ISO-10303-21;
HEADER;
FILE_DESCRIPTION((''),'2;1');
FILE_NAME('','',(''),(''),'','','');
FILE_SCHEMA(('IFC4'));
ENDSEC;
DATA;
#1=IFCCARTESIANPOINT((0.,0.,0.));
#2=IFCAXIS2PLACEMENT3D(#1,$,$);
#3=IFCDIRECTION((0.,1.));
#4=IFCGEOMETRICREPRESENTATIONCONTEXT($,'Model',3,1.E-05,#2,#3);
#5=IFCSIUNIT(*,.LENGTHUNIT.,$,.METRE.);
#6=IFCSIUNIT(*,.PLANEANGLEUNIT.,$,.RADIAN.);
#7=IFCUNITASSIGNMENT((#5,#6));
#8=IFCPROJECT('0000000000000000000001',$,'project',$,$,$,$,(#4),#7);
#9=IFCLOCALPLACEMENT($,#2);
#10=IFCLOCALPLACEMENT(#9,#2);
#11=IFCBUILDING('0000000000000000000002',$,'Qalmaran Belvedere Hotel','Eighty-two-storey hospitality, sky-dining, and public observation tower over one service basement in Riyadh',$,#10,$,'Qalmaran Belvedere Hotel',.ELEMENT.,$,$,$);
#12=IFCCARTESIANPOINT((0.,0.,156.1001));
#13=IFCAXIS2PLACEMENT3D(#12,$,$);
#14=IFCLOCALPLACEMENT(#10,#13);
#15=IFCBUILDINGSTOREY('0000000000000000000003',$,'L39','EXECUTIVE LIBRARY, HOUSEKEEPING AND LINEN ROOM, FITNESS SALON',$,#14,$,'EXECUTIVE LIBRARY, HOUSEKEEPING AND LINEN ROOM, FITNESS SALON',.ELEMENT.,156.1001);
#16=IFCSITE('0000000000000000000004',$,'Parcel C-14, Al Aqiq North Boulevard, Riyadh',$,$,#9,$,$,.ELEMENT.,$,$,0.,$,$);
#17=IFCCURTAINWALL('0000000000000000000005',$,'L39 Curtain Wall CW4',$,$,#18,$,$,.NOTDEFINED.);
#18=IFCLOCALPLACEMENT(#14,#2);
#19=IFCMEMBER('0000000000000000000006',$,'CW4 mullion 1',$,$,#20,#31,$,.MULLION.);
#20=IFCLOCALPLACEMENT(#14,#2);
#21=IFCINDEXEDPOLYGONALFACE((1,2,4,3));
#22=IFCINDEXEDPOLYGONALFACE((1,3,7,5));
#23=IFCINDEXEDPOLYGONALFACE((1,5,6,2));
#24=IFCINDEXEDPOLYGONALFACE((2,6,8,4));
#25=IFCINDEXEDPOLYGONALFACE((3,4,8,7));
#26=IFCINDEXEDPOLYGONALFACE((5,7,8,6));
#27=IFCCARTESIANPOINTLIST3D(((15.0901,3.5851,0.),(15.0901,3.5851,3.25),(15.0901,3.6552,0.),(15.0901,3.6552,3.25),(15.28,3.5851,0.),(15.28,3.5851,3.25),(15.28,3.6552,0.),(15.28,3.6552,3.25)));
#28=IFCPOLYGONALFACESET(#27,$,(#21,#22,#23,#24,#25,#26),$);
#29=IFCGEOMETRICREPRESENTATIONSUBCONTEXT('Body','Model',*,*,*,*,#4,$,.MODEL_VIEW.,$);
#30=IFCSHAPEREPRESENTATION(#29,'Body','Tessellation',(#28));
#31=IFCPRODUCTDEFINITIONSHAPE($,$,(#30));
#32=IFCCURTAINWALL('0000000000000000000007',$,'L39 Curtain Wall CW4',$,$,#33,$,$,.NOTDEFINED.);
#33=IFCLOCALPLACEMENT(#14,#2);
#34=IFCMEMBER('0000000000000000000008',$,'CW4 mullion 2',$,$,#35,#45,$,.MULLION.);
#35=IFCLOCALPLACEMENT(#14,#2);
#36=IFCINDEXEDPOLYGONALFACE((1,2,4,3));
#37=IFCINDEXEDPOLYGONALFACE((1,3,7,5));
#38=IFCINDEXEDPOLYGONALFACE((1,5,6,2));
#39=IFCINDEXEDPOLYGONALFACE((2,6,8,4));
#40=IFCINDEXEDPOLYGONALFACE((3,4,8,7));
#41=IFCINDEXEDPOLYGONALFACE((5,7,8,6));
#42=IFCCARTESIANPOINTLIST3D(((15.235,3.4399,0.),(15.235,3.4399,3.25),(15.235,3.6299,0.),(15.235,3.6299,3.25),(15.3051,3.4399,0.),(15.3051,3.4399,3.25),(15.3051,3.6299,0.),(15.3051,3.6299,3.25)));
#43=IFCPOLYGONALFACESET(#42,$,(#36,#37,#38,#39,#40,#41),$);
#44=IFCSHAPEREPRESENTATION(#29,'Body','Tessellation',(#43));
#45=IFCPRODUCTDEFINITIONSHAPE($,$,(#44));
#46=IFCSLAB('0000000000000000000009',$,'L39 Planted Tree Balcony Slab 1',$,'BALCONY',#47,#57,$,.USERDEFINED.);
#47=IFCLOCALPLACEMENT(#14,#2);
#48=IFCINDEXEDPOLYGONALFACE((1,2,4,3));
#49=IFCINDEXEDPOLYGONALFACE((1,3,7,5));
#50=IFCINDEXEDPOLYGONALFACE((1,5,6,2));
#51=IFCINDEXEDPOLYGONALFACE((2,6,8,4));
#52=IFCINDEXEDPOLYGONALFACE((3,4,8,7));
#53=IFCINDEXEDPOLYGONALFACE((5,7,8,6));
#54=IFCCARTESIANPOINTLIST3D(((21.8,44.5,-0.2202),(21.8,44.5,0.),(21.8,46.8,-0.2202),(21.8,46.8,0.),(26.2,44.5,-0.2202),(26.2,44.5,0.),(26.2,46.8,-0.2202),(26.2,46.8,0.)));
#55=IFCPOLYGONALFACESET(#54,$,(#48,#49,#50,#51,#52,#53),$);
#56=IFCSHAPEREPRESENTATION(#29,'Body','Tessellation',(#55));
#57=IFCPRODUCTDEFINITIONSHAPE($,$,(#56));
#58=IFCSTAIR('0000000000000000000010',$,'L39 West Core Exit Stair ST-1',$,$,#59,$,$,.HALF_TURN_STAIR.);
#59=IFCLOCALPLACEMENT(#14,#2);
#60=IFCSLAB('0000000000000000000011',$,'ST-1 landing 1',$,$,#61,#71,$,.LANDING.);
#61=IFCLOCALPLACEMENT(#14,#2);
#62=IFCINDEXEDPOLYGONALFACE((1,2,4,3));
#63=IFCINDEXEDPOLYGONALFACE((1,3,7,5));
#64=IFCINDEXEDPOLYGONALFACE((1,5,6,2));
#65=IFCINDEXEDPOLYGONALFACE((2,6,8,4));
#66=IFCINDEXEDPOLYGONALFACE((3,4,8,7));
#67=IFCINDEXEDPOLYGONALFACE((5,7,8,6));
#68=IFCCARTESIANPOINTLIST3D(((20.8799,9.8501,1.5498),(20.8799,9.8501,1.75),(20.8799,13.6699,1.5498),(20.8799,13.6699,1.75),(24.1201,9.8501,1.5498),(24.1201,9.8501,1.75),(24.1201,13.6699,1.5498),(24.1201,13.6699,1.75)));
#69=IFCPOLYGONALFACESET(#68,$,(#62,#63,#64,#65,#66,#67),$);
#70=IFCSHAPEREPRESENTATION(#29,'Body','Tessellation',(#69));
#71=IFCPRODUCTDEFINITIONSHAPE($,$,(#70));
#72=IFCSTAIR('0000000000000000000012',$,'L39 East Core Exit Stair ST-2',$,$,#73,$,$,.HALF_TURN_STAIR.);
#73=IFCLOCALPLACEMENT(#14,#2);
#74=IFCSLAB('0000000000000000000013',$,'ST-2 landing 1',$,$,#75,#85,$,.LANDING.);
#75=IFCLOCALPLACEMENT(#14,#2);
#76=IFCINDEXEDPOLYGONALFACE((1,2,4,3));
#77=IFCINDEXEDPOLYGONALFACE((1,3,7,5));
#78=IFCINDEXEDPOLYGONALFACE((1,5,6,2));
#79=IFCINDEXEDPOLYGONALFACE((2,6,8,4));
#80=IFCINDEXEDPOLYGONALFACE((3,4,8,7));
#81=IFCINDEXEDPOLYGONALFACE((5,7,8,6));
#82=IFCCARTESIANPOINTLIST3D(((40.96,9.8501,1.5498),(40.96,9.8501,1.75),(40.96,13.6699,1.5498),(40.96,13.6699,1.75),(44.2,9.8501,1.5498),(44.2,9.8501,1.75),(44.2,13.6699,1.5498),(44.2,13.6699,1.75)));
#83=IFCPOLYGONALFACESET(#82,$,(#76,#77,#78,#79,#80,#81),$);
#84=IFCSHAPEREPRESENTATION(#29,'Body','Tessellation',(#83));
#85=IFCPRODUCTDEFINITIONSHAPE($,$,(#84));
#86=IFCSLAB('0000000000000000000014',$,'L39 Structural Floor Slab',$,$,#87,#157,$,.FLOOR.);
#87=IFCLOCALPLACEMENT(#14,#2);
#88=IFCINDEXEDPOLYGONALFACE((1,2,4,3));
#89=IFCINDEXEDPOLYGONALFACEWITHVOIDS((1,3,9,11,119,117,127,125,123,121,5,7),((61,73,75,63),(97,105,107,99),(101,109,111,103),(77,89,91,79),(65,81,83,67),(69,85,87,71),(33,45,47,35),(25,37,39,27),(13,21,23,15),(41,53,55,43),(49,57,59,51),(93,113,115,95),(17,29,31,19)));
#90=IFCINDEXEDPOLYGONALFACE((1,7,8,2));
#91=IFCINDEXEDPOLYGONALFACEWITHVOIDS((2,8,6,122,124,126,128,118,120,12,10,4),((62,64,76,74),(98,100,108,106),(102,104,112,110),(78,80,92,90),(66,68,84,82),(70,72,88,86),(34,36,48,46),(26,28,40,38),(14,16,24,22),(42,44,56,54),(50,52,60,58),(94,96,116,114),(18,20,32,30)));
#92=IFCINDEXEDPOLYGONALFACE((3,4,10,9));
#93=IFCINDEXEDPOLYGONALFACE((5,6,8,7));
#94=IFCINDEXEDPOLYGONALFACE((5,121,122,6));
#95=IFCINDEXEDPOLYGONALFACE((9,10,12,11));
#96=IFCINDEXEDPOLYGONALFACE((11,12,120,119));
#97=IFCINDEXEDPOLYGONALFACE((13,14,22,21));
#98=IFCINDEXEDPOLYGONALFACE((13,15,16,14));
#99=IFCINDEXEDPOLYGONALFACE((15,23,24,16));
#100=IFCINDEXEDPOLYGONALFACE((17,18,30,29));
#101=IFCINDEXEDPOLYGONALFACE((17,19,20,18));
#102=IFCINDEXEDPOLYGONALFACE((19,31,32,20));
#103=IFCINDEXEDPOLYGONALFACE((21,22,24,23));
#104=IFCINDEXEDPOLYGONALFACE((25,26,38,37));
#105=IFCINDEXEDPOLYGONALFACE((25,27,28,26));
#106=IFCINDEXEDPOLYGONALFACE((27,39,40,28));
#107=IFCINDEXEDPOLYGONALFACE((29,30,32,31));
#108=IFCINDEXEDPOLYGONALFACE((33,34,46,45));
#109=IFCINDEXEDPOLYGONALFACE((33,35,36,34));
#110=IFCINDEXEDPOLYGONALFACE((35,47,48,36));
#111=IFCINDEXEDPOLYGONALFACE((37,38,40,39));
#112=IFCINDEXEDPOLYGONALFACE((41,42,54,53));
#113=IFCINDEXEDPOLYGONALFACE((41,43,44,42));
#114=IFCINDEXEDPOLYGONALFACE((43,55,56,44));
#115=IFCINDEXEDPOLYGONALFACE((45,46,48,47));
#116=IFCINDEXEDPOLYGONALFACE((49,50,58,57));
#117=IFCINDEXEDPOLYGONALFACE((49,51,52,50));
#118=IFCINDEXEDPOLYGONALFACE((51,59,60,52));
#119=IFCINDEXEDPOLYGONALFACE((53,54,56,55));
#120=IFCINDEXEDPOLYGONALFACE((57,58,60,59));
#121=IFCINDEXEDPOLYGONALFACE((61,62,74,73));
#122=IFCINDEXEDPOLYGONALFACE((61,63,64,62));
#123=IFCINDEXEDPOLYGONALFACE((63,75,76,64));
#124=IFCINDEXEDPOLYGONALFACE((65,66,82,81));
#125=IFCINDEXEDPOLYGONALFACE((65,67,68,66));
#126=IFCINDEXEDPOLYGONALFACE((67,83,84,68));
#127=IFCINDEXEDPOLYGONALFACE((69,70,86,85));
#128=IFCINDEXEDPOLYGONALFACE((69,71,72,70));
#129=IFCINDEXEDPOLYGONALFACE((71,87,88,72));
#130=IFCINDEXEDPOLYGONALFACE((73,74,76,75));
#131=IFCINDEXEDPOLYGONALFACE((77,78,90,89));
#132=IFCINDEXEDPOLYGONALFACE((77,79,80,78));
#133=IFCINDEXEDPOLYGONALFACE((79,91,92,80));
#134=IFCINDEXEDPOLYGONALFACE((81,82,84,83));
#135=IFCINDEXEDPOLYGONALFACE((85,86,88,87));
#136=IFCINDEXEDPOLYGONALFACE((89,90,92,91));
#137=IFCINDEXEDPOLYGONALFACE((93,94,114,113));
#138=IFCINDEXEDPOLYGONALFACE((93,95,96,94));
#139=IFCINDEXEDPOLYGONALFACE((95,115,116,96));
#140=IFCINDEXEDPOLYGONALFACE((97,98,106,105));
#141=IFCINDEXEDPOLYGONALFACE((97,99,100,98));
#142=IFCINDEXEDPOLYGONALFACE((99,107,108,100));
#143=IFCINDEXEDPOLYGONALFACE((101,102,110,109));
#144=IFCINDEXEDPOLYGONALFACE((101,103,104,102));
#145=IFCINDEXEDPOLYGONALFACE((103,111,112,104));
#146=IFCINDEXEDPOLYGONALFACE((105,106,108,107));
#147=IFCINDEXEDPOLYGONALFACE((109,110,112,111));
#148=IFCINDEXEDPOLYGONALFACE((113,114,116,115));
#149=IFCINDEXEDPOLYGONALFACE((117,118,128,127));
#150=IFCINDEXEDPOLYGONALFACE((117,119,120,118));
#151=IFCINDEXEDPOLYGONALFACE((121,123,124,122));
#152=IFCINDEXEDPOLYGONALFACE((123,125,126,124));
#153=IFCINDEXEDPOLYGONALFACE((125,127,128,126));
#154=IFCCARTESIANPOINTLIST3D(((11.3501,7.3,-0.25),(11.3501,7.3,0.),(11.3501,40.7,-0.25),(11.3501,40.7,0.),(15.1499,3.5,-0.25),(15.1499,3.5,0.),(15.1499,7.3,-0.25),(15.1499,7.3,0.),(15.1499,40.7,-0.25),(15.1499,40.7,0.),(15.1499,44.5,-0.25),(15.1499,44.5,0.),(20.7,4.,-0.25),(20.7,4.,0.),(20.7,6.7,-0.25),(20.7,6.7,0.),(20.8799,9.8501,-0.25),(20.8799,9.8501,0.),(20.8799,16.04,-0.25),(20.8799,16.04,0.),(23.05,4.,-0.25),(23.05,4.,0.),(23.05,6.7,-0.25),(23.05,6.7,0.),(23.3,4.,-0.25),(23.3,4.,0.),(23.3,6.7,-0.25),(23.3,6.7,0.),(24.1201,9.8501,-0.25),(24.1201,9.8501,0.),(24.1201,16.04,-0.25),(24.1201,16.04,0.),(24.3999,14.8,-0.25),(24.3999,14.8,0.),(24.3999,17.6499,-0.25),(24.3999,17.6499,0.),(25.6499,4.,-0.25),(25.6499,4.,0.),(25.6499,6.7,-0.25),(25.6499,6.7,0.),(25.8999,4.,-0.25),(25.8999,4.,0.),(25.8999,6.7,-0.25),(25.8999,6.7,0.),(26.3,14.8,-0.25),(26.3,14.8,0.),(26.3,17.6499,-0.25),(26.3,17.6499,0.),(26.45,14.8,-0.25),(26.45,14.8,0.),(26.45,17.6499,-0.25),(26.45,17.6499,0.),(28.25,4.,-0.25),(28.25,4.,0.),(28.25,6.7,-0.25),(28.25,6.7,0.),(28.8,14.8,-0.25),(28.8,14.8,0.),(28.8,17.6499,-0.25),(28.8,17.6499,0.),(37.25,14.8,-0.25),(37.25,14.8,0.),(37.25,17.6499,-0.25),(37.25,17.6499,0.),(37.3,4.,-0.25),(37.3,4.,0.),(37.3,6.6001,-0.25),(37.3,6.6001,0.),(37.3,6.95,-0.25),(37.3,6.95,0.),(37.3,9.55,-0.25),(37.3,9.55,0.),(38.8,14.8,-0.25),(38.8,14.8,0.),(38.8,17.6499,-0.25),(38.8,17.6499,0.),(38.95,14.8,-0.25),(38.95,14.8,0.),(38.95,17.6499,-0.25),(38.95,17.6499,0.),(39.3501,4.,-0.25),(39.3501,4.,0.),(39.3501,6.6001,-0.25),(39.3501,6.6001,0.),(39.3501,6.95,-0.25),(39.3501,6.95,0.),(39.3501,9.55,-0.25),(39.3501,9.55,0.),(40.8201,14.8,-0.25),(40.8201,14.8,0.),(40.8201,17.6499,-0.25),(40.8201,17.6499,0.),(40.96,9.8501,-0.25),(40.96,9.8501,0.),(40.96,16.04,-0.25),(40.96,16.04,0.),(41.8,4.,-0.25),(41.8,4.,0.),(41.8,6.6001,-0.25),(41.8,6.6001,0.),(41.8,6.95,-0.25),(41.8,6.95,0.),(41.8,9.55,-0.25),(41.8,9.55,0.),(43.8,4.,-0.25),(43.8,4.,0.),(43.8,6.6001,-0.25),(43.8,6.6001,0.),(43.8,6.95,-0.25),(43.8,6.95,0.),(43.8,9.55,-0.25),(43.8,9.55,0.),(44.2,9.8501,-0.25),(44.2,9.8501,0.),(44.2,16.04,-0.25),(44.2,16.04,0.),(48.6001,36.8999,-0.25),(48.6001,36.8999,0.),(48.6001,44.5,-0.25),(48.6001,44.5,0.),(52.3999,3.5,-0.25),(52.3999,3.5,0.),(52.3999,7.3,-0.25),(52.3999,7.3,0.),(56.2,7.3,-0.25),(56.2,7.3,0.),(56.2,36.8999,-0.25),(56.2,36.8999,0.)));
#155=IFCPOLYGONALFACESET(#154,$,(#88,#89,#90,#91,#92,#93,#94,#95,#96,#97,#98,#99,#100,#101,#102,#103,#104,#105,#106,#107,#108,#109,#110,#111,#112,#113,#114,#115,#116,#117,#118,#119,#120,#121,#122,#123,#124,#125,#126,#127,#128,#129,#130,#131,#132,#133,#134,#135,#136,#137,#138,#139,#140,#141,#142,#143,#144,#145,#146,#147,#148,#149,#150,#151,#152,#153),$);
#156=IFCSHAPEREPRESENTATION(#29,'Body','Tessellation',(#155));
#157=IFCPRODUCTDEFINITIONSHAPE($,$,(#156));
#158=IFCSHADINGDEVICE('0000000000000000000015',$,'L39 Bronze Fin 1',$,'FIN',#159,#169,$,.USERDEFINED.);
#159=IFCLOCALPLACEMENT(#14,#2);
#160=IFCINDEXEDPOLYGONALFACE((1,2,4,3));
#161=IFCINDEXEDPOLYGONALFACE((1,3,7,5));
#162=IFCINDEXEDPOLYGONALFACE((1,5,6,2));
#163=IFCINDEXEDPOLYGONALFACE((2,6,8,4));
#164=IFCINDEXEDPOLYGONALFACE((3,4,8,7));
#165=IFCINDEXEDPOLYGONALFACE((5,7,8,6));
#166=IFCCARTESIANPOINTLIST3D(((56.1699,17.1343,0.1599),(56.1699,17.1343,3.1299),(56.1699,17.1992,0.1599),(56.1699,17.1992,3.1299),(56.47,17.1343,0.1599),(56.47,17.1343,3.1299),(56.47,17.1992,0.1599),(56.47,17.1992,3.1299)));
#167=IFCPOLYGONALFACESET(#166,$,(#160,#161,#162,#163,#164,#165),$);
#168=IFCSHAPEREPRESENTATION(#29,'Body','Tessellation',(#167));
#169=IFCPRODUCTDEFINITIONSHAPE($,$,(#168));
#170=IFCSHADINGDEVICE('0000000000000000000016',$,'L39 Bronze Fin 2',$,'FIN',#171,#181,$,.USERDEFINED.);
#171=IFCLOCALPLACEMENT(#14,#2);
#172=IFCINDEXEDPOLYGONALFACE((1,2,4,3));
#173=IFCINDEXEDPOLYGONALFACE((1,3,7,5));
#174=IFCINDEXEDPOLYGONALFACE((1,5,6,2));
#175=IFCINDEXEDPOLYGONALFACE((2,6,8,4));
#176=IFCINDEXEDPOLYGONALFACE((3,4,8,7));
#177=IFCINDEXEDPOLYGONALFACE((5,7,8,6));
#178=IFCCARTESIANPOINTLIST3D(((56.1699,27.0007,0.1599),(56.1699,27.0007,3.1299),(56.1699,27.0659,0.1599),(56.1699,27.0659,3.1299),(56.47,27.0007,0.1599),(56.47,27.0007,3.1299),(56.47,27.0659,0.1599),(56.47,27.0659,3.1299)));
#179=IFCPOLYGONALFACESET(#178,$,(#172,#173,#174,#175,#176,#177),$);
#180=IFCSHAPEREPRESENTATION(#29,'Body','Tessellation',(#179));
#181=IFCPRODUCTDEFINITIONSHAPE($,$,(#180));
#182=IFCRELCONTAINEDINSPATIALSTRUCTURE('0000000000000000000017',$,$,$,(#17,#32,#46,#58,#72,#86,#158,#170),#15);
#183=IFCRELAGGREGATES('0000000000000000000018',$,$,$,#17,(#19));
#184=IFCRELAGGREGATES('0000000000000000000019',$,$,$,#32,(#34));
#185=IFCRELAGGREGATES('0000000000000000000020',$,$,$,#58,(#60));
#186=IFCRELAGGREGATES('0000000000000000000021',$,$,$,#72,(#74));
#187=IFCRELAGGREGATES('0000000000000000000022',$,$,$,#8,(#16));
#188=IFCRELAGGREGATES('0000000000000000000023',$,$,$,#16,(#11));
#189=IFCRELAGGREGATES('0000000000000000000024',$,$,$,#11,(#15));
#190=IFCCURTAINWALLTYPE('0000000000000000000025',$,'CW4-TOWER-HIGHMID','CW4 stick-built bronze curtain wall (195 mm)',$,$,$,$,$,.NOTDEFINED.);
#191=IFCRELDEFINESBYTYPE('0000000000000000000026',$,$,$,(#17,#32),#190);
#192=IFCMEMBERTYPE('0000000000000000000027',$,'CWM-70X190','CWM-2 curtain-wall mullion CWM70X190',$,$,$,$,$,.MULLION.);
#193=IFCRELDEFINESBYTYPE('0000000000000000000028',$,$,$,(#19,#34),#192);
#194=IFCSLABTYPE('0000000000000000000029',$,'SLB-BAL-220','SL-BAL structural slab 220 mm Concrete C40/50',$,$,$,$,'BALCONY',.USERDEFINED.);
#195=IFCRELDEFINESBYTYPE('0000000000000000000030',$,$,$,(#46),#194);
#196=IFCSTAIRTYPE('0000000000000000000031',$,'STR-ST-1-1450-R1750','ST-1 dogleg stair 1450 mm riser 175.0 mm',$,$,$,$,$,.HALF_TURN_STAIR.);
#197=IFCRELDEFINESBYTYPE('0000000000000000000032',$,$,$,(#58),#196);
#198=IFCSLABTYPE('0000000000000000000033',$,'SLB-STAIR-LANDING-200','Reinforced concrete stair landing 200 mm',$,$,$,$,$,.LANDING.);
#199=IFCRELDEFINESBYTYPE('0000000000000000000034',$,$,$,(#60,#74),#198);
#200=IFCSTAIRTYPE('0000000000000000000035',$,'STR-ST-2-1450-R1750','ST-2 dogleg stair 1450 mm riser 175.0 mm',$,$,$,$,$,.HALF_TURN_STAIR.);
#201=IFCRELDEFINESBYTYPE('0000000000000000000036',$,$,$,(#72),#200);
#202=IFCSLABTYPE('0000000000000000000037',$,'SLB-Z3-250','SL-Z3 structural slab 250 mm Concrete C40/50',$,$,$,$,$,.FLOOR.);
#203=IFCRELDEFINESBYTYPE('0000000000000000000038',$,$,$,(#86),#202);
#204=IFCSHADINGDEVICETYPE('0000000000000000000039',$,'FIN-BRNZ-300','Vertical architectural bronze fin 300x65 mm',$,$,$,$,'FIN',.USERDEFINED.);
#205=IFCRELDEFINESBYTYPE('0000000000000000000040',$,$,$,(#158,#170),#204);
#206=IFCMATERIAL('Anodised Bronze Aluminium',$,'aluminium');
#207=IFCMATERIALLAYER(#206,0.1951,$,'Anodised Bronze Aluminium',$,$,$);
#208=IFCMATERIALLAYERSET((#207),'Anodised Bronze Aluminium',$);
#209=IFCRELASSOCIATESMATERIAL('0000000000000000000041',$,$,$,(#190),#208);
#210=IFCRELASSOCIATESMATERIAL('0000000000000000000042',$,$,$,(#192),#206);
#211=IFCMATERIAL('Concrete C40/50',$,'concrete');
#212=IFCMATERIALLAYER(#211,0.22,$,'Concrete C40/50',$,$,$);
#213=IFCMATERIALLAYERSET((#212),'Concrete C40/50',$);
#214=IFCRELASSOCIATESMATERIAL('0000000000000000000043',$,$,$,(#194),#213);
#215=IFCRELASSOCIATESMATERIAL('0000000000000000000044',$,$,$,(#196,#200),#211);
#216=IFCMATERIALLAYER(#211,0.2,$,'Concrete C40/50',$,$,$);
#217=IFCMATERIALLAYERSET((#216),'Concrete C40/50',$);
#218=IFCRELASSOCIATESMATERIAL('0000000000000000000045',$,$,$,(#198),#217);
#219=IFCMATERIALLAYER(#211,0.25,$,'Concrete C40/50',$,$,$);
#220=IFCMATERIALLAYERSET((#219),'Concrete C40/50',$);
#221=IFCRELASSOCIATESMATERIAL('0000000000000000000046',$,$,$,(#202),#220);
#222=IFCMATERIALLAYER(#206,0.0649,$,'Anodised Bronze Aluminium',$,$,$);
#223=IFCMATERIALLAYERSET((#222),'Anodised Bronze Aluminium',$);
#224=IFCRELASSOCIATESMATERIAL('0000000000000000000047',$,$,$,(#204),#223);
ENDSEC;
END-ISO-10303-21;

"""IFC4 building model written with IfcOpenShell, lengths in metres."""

from ifc_helpers import new_model, si_unit, direction, frame, origin, origin_2d, place, context, subcontext, project, spatial, polyline, rectangle, outline, extrude, material, layer, layer_set, material_profile, profile_set, type_object, element, aggregate, save


model = new_model("IFC4")

# Units and contexts
model_context = context("Model", 3, precision=1e-05, world=origin(), true_north=direction((0.0, 1.0)))
body_context = subcontext(model_context, "Body", "Model", "MODEL_VIEW")
ifc_project = project(units=[si_unit("LENGTHUNIT", "METRE"), si_unit("PLANEANGLEUNIT", "RADIAN")], contexts=[model_context])

# Site, building, storey
site_placement = place(None, origin())
site = spatial("IfcSite", under=ifc_project, at=site_placement, Name="Parcel C-14, Al Aqiq North Boulevard, Riyadh", CompositionType="ELEMENT", RefElevation=0.0)
building_placement = place(site_placement, origin())
building = spatial("IfcBuilding", under=site, at=building_placement, Name="Qalmaran Belvedere Hotel", Description="Eighty-two-storey hospitality, sky-dining, and public observation tower over one service basement in Riyadh", LongName="Qalmaran Belvedere Hotel", CompositionType="ELEMENT")
storey_placement = place(building_placement, frame((0.0, 0.0, 156.1001)))
storey = spatial("IfcBuildingStorey", under=building, at=storey_placement, Name="L39", Description="EXECUTIVE LIBRARY, HOUSEKEEPING AND LINEN ROOM, FITNESS SALON", LongName="EXECUTIVE LIBRARY, HOUSEKEEPING AND LINEN ROOM, FITNESS SALON", CompositionType="ELEMENT", Elevation=156.1001)

# Curtain walls, members
ifc_material_1 = material(Name="Anodised Bronze Aluminium", Category="aluminium")
ifc_layer_1 = layer(ifc_material_1, 0.1951, Name="Anodised Bronze Aluminium")
ifc_layer_set_1 = layer_set([ifc_layer_1], Name="Anodised Bronze Aluminium")
curtain_wall_type = type_object("IfcCurtainWallType", Name="CW4-TOWER-HIGHMID", Description="CW4 stick-built bronze curtain wall (195 mm)", PredefinedType="NOTDEFINED", material=ifc_layer_set_1)
curtain_wall_1_placement = place(storey_placement, origin())
curtain_wall_1 = element("IfcCurtainWall", 1, at=curtain_wall_1_placement, inside=storey, type_object=curtain_wall_type, Name="L39 Curtain Wall CW4", PredefinedType="NOTDEFINED")
ifc_material_profile = material_profile(ifc_material_1, rectangle(XDim=0.0701, YDim=0.1899, at=origin_2d()), Name="CWM70X190")
ifc_profile_set = profile_set([ifc_material_profile], Name="Anodised Bronze Aluminium")
member_type = type_object("IfcMemberType", Name="CWM-70X190", Description="CWM-2 curtain-wall mullion CWM70X190", PredefinedType="MULLION", material=ifc_profile_set)
member_1_placement = place(storey_placement, frame((15.1851, 3.6201, 0.0), z_axis=(0.0, 0.0, 1.0), x_axis=(0.0, 1.0, 0.0)))
member_1 = element("IfcMember", 2, at=member_1_placement, type_object=member_type, Name="CW4 mullion 1", PredefinedType="MULLION", context=body_context, shape_type="SweptSolid", body=[
    extrude(rectangle(XDim=0.0701, YDim=0.1899, at=origin_2d()), origin(), (0.0, 0.0, 1.0), 3.25),
])
aggregate(curtain_wall_1, [member_1])
curtain_wall_2_placement = place(storey_placement, origin())
curtain_wall_2 = element("IfcCurtainWall", 3, at=curtain_wall_2_placement, inside=storey, type_object=curtain_wall_type, Name="L39 Curtain Wall CW4", PredefinedType="NOTDEFINED")
member_2_placement = place(storey_placement, frame((15.27, 3.5349, 0.0), z_axis=(0.0, 0.0, 1.0), x_axis=(1.0, 0.0, 0.0)))
member_2 = element("IfcMember", 4, at=member_2_placement, type_object=member_type, Name="CW4 mullion 2", PredefinedType="MULLION", context=body_context, shape_type="SweptSolid", body=[
    extrude(rectangle(XDim=0.0701, YDim=0.1899, at=origin_2d()), origin(), (0.0, 0.0, 1.0), 3.25),
])
aggregate(curtain_wall_2, [member_2])

# Slab
ifc_material_2 = material(Name="Concrete C40/50", Category="concrete")
ifc_layer_2 = layer(ifc_material_2, 0.22, Name="Concrete C40/50")
ifc_layer_set_2 = layer_set([ifc_layer_2], Name="Concrete C40/50")
slab_type_1 = type_object("IfcSlabType", Name="SLB-BAL-220", Description="SL-BAL structural slab 220 mm Concrete C40/50", ElementType="BALCONY", PredefinedType="USERDEFINED", material=ifc_layer_set_2)
slab_1_placement = place(storey_placement, frame((0.0, 0.0, -0.2202)))
element("IfcSlab", 5, at=slab_1_placement, inside=storey, type_object=slab_type_1, Name="L39 Planted Tree Balcony Slab 1", ObjectType="BALCONY", PredefinedType="USERDEFINED", context=body_context, shape_type="SweptSolid", body=[
    extrude(outline(polyline([(21.8, 44.5), (26.2, 44.5), (26.2, 46.8), (21.8, 46.8), (21.8, 44.5)])), origin(), (0.0, 0.0, 1.0), 0.2202),
])

# Stairs, slabs
stair_type_1 = type_object("IfcStairType", Name="STR-ST-1-1450-R1750", Description="ST-1 dogleg stair 1450 mm riser 175.0 mm", PredefinedType="HALF_TURN_STAIR", material=ifc_material_2)
stair_1_placement = place(storey_placement, origin())
stair_1 = element("IfcStair", 6, at=stair_1_placement, inside=storey, type_object=stair_type_1, Name="L39 West Core Exit Stair ST-1", PredefinedType="HALF_TURN_STAIR")
ifc_layer_3 = layer(ifc_material_2, 0.2, Name="Concrete C40/50")
ifc_layer_set_3 = layer_set([ifc_layer_3], Name="Concrete C40/50")
slab_type_2 = type_object("IfcSlabType", Name="SLB-STAIR-LANDING-200", Description="Reinforced concrete stair landing 200 mm", PredefinedType="LANDING", material=ifc_layer_set_3)
slab_2_placement = place(storey_placement, frame((0.0, 0.0, 1.5498)))
slab_2 = element("IfcSlab", 7, at=slab_2_placement, type_object=slab_type_2, Name="ST-1 landing 1", PredefinedType="LANDING", context=body_context, shape_type="SweptSolid", body=[
    extrude(outline(polyline([(20.8799, 13.6699), (20.8799, 9.8501), (24.1201, 9.8501), (24.1201, 13.6699), (20.8799, 13.6699)])), origin(), (0.0, 0.0, 1.0), 0.2002),
])
aggregate(stair_1, [slab_2])
stair_type_2 = type_object("IfcStairType", Name="STR-ST-2-1450-R1750", Description="ST-2 dogleg stair 1450 mm riser 175.0 mm", PredefinedType="HALF_TURN_STAIR", material=ifc_material_2)
stair_2_placement = place(storey_placement, origin())
stair_2 = element("IfcStair", 8, at=stair_2_placement, inside=storey, type_object=stair_type_2, Name="L39 East Core Exit Stair ST-2", PredefinedType="HALF_TURN_STAIR")
slab_3_placement = place(storey_placement, frame((0.0, 0.0, 1.5498)))
slab_3 = element("IfcSlab", 9, at=slab_3_placement, type_object=slab_type_2, Name="ST-2 landing 1", PredefinedType="LANDING", context=body_context, shape_type="SweptSolid", body=[
    extrude(outline(polyline([(40.96, 13.6699), (40.96, 9.8501), (44.2, 9.8501), (44.2, 13.6699), (40.96, 13.6699)])), origin(), (0.0, 0.0, 1.0), 0.2002),
])
aggregate(stair_2, [slab_3])

# Slab
ifc_layer_4 = layer(ifc_material_2, 0.25, Name="Concrete C40/50")
ifc_layer_set_4 = layer_set([ifc_layer_4], Name="Concrete C40/50")
slab_type_3 = type_object("IfcSlabType", Name="SLB-Z3-250", Description="SL-Z3 structural slab 250 mm Concrete C40/50", PredefinedType="FLOOR", material=ifc_layer_set_4)
slab_4_placement = place(storey_placement, frame((0.0, 0.0, -0.25)))
element("IfcSlab", 10, at=slab_4_placement, inside=storey, type_object=slab_type_3, Name="L39 Structural Floor Slab", PredefinedType="FLOOR", context=body_context, shape_type="SweptSolid", body=[
    extrude(outline(polyline([(15.1499, 3.5), (52.3999, 3.5), (52.3999, 7.3), (56.2, 7.3), (56.2, 36.8999), (48.6001, 36.8999), (48.6001, 44.5), (15.1499, 44.5), (15.1499, 40.7), (11.3501, 40.7), (11.3501, 7.3), (15.1499, 7.3), (15.1499, 3.5)]), holes=[polyline([(20.8799, 9.8501), (24.1201, 9.8501), (24.1201, 16.04), (20.8799, 16.04), (20.8799, 9.8501)]), polyline([(40.96, 9.8501), (44.2, 9.8501), (44.2, 16.04), (40.96, 16.04), (40.96, 9.8501)]), polyline([(37.3, 4.0), (39.3501, 4.0), (39.3501, 6.6001), (37.3, 6.6001), (37.3, 4.0)]), polyline([(37.3, 6.95), (39.3501, 6.95), (39.3501, 9.55), (37.3, 9.55), (37.3, 6.95)]), polyline([(41.8, 4.0), (43.8, 4.0), (43.8, 6.6001), (41.8, 6.6001), (41.8, 4.0)]), polyline([(41.8, 6.95), (43.8, 6.95), (43.8, 9.55), (41.8, 9.55), (41.8, 6.95)]), polyline([(20.7, 4.0), (23.05, 4.0), (23.05, 6.7), (20.7, 6.7), (20.7, 4.0)]), polyline([(23.3, 4.0), (25.6499, 4.0), (25.6499, 6.7), (23.3, 6.7), (23.3, 4.0)]), polyline([(25.8999, 4.0), (28.25, 4.0), (28.25, 6.7), (25.8999, 6.7), (25.8999, 4.0)]), polyline([(24.3999, 14.8), (26.3, 14.8), (26.3, 17.6499), (24.3999, 17.6499), (24.3999, 14.8)]), polyline([(38.95, 14.8), (40.8201, 14.8), (40.8201, 17.6499), (38.95, 17.6499), (38.95, 14.8)]), polyline([(26.45, 14.8), (28.8, 14.8), (28.8, 17.6499), (26.45, 17.6499), (26.45, 14.8)]), polyline([(37.25, 14.8), (38.8, 14.8), (38.8, 17.6499), (37.25, 17.6499), (37.25, 14.8)])]), origin(), (0.0, 0.0, 1.0), 0.25),
])

# Shading devices
ifc_layer_5 = layer(ifc_material_1, 0.0649, Name="Anodised Bronze Aluminium")
ifc_layer_set_5 = layer_set([ifc_layer_5], Name="Anodised Bronze Aluminium")
shading_device_type = type_object("IfcShadingDeviceType", Name="FIN-BRNZ-300", Description="Vertical architectural bronze fin 300x65 mm", ElementType="FIN", PredefinedType="USERDEFINED", material=ifc_layer_set_5)
shading_device_1_placement = place(storey_placement, frame((0.0, 0.0, 0.1599)))
element("IfcShadingDevice", 11, at=shading_device_1_placement, inside=storey, type_object=shading_device_type, Name="L39 Bronze Fin 1", ObjectType="FIN", PredefinedType="USERDEFINED", context=body_context, shape_type="SweptSolid", body=[
    extrude(outline(polyline([(56.1699, 17.1343), (56.47, 17.1343), (56.47, 17.1992), (56.1699, 17.1992), (56.1699, 17.1343)])), origin(), (0.0, 0.0, 1.0), 2.97),
])
shading_device_2_placement = place(storey_placement, frame((0.0, 0.0, 0.1599)))
element("IfcShadingDevice", 12, at=shading_device_2_placement, inside=storey, type_object=shading_device_type, Name="L39 Bronze Fin 2", ObjectType="FIN", PredefinedType="USERDEFINED", context=body_context, shape_type="SweptSolid", body=[
    extrude(outline(polyline([(56.1699, 27.0007), (56.47, 27.0007), (56.47, 27.0659), (56.1699, 27.0659), (56.1699, 27.0007)])), origin(), (0.0, 0.0, 1.0), 2.97),
])

save(model, "model.ifc")
